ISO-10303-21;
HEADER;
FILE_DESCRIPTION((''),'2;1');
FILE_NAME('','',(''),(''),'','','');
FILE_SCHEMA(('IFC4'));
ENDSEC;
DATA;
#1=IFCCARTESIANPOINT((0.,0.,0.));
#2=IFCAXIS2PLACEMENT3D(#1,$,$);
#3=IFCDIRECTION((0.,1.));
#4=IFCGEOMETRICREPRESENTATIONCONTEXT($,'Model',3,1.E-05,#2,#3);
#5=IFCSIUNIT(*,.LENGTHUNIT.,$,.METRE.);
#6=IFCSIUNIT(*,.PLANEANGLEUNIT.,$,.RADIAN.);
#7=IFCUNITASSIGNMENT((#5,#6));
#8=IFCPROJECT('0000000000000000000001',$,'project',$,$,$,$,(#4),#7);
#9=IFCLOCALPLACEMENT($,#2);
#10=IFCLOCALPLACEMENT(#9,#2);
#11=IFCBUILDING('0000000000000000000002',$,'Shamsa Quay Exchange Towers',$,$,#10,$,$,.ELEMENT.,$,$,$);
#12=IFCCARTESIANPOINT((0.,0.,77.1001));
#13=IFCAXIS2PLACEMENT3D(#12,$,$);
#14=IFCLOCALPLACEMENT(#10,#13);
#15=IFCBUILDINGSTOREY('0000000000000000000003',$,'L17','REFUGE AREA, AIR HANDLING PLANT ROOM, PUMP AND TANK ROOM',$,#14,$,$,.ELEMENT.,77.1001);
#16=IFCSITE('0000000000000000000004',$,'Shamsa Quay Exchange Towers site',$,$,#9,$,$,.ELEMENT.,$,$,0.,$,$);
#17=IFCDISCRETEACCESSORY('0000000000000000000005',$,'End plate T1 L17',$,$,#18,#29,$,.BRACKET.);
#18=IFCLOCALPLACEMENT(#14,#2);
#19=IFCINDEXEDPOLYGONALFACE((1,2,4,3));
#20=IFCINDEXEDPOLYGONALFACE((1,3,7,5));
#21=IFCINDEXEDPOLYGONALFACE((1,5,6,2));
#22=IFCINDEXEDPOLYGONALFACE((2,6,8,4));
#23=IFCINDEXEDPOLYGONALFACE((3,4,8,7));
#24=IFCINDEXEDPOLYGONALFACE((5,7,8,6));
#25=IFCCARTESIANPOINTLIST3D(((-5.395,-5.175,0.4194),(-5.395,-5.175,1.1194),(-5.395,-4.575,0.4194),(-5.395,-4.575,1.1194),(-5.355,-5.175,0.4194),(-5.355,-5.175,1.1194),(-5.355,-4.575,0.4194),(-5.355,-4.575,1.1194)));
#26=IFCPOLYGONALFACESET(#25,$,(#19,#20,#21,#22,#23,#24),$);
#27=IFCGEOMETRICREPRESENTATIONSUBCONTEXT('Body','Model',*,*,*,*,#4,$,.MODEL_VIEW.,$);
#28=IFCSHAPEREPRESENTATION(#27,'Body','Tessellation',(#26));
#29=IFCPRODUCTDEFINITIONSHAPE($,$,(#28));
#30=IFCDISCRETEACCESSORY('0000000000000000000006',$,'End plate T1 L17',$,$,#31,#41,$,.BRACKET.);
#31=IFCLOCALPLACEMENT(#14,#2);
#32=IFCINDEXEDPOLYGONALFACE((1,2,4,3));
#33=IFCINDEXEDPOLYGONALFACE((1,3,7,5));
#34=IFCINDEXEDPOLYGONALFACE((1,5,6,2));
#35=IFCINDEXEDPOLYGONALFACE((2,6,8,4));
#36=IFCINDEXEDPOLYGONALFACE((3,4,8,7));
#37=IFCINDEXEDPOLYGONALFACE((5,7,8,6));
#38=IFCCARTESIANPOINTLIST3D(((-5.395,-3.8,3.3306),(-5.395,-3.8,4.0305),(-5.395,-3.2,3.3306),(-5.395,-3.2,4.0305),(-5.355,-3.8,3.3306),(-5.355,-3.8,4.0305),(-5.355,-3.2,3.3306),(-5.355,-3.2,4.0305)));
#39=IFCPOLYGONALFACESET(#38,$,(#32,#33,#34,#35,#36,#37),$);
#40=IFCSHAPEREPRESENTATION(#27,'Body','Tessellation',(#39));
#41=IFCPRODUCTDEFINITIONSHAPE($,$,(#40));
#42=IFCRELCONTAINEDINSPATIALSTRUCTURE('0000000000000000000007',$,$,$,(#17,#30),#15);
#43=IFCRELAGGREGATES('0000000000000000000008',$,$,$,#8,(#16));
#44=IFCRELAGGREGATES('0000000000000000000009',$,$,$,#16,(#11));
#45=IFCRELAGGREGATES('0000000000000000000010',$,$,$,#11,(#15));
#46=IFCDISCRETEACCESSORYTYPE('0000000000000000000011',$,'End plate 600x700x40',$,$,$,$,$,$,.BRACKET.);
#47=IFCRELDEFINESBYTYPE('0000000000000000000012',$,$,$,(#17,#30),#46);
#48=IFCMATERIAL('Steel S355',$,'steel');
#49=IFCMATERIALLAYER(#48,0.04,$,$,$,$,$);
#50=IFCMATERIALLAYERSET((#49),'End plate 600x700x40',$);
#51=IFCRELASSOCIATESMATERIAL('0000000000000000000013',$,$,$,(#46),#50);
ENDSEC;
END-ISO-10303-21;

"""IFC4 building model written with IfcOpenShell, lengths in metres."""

from ifc_helpers import new_model, si_unit, direction, frame, origin, origin_2d, place, context, subcontext, project, spatial, rectangle, extrude, material, layer, layer_set, type_object, element, save


model = new_model("IFC4")

# Units and contexts
model_context = context("Model", 3, precision=1e-05, world=origin(), true_north=direction((0.0, 1.0)))
body_context = subcontext(model_context, "Body", "Model", "MODEL_VIEW")
ifc_project = project(units=[si_unit("LENGTHUNIT", "METRE"), si_unit("PLANEANGLEUNIT", "RADIAN")], contexts=[model_context])

# Site, building, storey
site_placement = place(None, origin())
site = spatial("IfcSite", under=ifc_project, at=site_placement, Name="Shamsa Quay Exchange Towers site", CompositionType="ELEMENT", RefElevation=0.0)
building_placement = place(site_placement, origin())
building = spatial("IfcBuilding", under=site, at=building_placement, Name="Shamsa Quay Exchange Towers", CompositionType="ELEMENT")
storey_placement = place(building_placement, frame((0.0, 0.0, 77.1001)))
storey = spatial("IfcBuildingStorey", under=building, at=storey_placement, Name="L17", Description="REFUGE AREA, AIR HANDLING PLANT ROOM, PUMP AND TANK ROOM", CompositionType="ELEMENT", Elevation=77.1001)

# Shared definitions
ifc_material_1 = material(Name="Steel S355", Category="steel")

# Discrete accessories
ifc_layer_1 = layer(ifc_material_1, 0.04)
ifc_layer_set_1 = layer_set([ifc_layer_1], Name="End plate 600x700x40")
discrete_accessory_type_1 = type_object("IfcDiscreteAccessoryType", Name="End plate 600x700x40", PredefinedType="BRACKET", material=ifc_layer_set_1)
for number, where, z_axis, x_axis, name in (
    (1, (-5.375, -4.875, 0.4194), (0.0, 0.0, 1.0), (0.0, 1.0, 0.0), "End plate T1 L17"),
    (2, (-5.375, -3.5, 3.3306), (0.0, 0.0, 1.0), (0.0, 1.0, 0.0), "End plate T1 L17"),
):
    element("IfcDiscreteAccessory", number, at=place(storey_placement, frame(where, z_axis=z_axis, x_axis=x_axis)), inside=storey, type_object=discrete_accessory_type_1, Name=name, PredefinedType="BRACKET", context=body_context, shape_type="SweptSolid", body=[
        extrude(rectangle(XDim=0.6001, YDim=0.04, at=origin_2d()), origin(), (0.0, 0.0, 1.0), 0.7),
    ])

save(model, "model.ifc")
